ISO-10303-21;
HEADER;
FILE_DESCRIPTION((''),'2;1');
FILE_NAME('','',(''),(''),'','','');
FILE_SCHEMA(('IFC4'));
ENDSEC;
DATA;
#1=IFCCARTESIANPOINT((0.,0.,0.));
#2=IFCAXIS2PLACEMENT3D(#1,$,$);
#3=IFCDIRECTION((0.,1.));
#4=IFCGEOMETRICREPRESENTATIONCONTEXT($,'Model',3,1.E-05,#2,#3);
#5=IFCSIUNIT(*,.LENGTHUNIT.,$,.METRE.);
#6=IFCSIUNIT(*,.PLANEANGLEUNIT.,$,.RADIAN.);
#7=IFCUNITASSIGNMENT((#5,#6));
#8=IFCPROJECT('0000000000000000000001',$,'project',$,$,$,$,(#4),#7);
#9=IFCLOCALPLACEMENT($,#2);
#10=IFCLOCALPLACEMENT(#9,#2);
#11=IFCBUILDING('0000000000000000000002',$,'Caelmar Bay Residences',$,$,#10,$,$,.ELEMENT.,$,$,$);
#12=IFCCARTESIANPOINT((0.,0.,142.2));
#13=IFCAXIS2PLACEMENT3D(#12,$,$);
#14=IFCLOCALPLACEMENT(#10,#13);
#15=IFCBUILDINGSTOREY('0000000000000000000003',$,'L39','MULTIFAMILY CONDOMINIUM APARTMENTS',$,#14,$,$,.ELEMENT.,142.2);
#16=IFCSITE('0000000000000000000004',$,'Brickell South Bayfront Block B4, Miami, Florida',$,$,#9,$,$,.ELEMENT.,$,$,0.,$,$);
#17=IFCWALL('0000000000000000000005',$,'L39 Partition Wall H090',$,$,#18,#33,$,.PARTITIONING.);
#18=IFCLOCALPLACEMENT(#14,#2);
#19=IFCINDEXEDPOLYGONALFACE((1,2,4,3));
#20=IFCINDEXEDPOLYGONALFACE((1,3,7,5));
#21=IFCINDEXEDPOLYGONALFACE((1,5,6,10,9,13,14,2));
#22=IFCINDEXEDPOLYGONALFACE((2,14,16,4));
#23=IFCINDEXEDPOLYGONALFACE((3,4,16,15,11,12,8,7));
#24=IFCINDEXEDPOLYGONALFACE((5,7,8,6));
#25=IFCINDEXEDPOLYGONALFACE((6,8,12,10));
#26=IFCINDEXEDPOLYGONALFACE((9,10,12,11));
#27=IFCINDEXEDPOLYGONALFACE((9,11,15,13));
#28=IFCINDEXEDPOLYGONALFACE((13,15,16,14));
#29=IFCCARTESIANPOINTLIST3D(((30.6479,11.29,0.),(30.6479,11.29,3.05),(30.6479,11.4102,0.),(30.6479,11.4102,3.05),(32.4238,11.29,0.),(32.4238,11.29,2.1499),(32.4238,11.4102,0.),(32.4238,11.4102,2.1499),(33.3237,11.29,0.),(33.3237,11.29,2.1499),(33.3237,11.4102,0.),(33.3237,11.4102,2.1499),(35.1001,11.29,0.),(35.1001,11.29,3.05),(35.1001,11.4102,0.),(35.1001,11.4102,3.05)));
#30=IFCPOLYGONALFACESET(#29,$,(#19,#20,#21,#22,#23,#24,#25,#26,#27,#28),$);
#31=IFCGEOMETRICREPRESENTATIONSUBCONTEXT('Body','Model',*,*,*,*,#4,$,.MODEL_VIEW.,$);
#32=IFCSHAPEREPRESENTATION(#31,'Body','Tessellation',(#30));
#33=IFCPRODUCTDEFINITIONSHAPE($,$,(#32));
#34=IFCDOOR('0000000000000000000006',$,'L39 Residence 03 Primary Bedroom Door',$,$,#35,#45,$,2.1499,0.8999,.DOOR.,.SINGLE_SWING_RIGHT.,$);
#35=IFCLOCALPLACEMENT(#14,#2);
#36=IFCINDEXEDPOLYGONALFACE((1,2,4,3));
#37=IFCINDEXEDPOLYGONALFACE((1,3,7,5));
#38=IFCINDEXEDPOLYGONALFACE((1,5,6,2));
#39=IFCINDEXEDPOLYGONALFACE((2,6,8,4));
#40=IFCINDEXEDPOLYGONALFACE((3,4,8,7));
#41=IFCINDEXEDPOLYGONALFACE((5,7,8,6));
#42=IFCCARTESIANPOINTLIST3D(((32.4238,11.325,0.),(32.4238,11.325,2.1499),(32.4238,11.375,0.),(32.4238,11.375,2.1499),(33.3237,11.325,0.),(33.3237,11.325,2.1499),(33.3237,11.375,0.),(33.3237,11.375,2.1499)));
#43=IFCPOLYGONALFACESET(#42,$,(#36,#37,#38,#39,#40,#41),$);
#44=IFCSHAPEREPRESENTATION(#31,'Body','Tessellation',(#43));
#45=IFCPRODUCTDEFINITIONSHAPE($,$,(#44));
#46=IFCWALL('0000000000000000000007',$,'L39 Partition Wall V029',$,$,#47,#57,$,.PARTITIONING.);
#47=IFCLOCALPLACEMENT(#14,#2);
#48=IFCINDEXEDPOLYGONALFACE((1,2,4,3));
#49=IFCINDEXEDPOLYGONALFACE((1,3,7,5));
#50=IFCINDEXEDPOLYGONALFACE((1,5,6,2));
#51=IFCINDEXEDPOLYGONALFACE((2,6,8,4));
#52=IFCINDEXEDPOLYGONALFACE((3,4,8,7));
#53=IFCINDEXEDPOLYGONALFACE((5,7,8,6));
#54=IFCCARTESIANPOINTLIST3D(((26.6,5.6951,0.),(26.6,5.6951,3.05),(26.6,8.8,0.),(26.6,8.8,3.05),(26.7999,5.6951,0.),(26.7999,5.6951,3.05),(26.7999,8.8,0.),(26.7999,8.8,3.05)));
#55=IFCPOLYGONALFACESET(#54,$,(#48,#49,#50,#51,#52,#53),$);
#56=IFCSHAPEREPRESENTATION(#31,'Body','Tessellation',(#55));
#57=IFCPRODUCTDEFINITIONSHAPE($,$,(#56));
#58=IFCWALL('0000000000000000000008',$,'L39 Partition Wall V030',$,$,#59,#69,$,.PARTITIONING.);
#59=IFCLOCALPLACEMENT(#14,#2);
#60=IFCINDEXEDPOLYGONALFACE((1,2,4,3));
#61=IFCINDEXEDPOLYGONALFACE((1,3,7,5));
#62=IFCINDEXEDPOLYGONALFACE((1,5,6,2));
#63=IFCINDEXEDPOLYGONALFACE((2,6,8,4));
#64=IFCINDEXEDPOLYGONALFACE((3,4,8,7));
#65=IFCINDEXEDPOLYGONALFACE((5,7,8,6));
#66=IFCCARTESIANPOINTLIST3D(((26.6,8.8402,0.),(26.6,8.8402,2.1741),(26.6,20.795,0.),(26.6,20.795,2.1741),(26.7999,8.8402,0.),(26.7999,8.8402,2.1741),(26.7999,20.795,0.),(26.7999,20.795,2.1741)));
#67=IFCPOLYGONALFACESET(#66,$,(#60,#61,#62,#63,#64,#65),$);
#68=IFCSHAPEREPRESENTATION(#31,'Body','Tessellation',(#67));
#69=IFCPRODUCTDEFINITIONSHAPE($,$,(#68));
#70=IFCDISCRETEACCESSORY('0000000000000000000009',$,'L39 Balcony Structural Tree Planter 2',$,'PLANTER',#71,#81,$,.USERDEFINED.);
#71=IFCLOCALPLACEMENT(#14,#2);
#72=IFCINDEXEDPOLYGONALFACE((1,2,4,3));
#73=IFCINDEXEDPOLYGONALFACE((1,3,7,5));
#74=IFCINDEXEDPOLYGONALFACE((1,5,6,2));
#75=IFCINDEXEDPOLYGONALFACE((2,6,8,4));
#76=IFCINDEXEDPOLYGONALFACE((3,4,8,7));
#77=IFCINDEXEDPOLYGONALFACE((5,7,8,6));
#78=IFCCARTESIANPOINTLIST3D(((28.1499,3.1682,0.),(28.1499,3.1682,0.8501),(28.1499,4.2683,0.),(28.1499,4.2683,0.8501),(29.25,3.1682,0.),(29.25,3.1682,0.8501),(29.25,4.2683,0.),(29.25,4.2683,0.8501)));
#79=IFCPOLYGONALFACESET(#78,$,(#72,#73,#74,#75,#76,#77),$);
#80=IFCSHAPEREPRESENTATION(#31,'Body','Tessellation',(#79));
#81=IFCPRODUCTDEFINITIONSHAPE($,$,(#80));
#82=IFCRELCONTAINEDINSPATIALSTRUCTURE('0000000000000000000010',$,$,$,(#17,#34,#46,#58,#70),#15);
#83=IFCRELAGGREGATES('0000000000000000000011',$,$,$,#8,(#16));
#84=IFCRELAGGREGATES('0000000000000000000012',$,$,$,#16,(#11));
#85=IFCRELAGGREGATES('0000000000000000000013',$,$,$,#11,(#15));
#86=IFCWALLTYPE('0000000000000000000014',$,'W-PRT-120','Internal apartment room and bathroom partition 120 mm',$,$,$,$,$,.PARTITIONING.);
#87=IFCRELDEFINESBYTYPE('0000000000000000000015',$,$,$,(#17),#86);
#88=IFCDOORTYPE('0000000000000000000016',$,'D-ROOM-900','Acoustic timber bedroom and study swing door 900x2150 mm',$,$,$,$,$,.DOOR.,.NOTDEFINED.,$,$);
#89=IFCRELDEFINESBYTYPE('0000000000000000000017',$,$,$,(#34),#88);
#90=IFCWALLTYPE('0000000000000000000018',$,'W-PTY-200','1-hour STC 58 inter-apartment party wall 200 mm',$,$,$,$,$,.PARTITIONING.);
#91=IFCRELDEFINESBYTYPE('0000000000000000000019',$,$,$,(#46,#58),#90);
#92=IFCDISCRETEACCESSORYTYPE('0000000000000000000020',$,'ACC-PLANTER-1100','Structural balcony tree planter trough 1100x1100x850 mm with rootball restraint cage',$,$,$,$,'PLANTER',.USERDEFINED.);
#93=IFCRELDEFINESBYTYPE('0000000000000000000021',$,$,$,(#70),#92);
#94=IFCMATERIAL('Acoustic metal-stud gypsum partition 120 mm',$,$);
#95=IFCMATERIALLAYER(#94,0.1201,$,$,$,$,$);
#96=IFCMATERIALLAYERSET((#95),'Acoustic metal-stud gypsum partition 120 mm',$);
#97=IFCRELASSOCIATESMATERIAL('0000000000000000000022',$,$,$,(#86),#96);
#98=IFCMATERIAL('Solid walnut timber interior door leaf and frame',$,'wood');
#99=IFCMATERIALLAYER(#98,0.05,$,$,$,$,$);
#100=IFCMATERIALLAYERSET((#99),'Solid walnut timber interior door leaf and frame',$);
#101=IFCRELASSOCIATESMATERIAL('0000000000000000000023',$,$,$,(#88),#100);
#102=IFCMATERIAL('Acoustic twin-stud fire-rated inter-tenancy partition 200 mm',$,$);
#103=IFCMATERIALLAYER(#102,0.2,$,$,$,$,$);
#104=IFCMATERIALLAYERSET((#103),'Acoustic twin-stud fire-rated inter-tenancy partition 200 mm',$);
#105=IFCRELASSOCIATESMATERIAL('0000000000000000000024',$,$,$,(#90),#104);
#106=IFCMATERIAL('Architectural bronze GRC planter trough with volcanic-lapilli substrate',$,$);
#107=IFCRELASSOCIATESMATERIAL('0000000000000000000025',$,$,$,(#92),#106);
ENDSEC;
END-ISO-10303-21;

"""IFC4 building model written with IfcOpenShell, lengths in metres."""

from ifc_helpers import new_model, si_unit, direction, frame, frame_2d, origin, origin_2d, place, context, subcontext, project, spatial, rectangle, extrude, material, layer, layer_set, type_object, element, fill, save


model = new_model("IFC4")

# Units and contexts
model_context = context("Model", 3, precision=1e-05, world=origin(), true_north=direction((0.0, 1.0)))
body_context = subcontext(model_context, "Body", "Model", "MODEL_VIEW")
ifc_project = project(units=[si_unit("LENGTHUNIT", "METRE"), si_unit("PLANEANGLEUNIT", "RADIAN")], contexts=[model_context])

# Site, building, storey
site_placement = place(None, origin())
site = spatial("IfcSite", under=ifc_project, at=site_placement, Name="Brickell South Bayfront Block B4, Miami, Florida", CompositionType="ELEMENT", RefElevation=0.0)
building_placement = place(site_placement, origin())
building = spatial("IfcBuilding", under=site, at=building_placement, Name="Caelmar Bay Residences", CompositionType="ELEMENT")
storey_placement = place(building_placement, frame((0.0, 0.0, 142.2)))
storey = spatial("IfcBuildingStorey", under=building, at=storey_placement, Name="L39", Description="MULTIFAMILY CONDOMINIUM APARTMENTS", CompositionType="ELEMENT", Elevation=142.2)

# Shared definitions
ifc_material_1 = material(Name="Acoustic metal-stud gypsum partition 120 mm")
ifc_layer_1 = layer(ifc_material_1, 0.1201)
ifc_layer_set_1 = layer_set([ifc_layer_1], Name="Acoustic metal-stud gypsum partition 120 mm")
wall_type_1 = type_object("IfcWallType", Name="W-PRT-120", Description="Internal apartment room and bathroom partition 120 mm", PredefinedType="PARTITIONING", material=ifc_layer_set_1)

# Wall, opening, door
ifc_material_2 = material(Name="Solid walnut timber interior door leaf and frame", Category="wood")
ifc_layer_2 = layer(ifc_material_2, 0.05)
ifc_layer_set_2 = layer_set([ifc_layer_2], Name="Solid walnut timber interior door leaf and frame")
door_type = type_object("IfcDoorType", Name="D-ROOM-900", Description="Acoustic timber bedroom and study swing door 900x2150 mm", OperationType="NOTDEFINED", PredefinedType="DOOR", material=ifc_layer_set_2)
wall_1_placement = place(storey_placement, frame((30.6479, 11.3501, 0.0), z_axis=(0.0, 0.0, 1.0), x_axis=(1.0, 0.0, 0.0)))
wall_1 = element("IfcWall", 1, at=wall_1_placement, inside=storey, type_object=wall_type_1, Name="L39 Partition Wall H090", PredefinedType="PARTITIONING", context=body_context, shape_type="SweptSolid", body=[
    extrude(rectangle(XDim=4.4521, YDim=0.1201, at=frame_2d((2.2261, 0.0))), origin(), (0.0, 0.0, 1.0), 3.05),
])
opening_1_placement = place(wall_1_placement, frame((1.7759, 0.0, 0.0)))
opening_1 = element("IfcOpeningElement", 2, at=opening_1_placement, cuts=wall_1, PredefinedType="OPENING", context=body_context, shape_type="SweptSolid", body=[
    extrude(rectangle(XDim=0.8999, YDim=2.1499, at=frame_2d((0.45, 1.075))), frame((0.0, 0.0701, 0.0), z_axis=(0.0, -1.0, 0.0), x_axis=(1.0, 0.0, 0.0)), (0.0, 0.0, 1.0), 0.1401),
])
door_1_placement = place(opening_1_placement, origin())
door_1 = element("IfcDoor", 3, at=door_1_placement, inside=storey, type_object=door_type, Name="L39 Residence 03 Primary Bedroom Door", OperationType="SINGLE_SWING_RIGHT", OverallHeight=2.1499, OverallWidth=0.8999, PredefinedType="DOOR", context=body_context, shape_type="SweptSolid", body=[
    extrude(rectangle(XDim=0.8999, YDim=2.1499, at=frame_2d((0.45, 1.075))), frame((0.0, 0.0249, 0.0), z_axis=(0.0, -1.0, 0.0), x_axis=(1.0, 0.0, 0.0)), (0.0, 0.0, 1.0), 0.05),
])
fill(opening_1, door_1)

# Walls
ifc_material_3 = material(Name="Acoustic twin-stud fire-rated inter-tenancy partition 200 mm")
ifc_layer_3 = layer(ifc_material_3, 0.2)
ifc_layer_set_3 = layer_set([ifc_layer_3], Name="Acoustic twin-stud fire-rated inter-tenancy partition 200 mm")
wall_type_2 = type_object("IfcWallType", Name="W-PTY-200", Description="1-hour STC 58 inter-apartment party wall 200 mm", PredefinedType="PARTITIONING", material=ifc_layer_set_3)
wall_2_placement = place(storey_placement, frame((26.7, 5.6951, 0.0), z_axis=(0.0, 0.0, 1.0), x_axis=(0.0, 1.0, 0.0)))
element("IfcWall", 4, at=wall_2_placement, inside=storey, type_object=wall_type_2, Name="L39 Partition Wall V029", PredefinedType="PARTITIONING", context=body_context, shape_type="SweptSolid", body=[
    extrude(rectangle(XDim=3.105, YDim=0.2, at=frame_2d((1.5525, 0.0))), origin(), (0.0, 0.0, 1.0), 3.05),
])
wall_3_placement = place(storey_placement, frame((26.7, 8.8401, 0.0), z_axis=(0.0, 0.0, 1.0), x_axis=(0.0, 1.0, 0.0)))
element("IfcWall", 5, at=wall_3_placement, inside=storey, type_object=wall_type_2, Name="L39 Partition Wall V030", PredefinedType="PARTITIONING", context=body_context, shape_type="SweptSolid", body=[
    extrude(rectangle(XDim=11.9548, YDim=0.2, at=frame_2d((5.9775, 0.0))), origin(), (0.0, 0.0, 1.0), 2.1741),
])

# Discrete accessory
ifc_material_4 = material(Name="Architectural bronze GRC planter trough with volcanic-lapilli substrate")
discrete_accessory_type = type_object("IfcDiscreteAccessoryType", Name="ACC-PLANTER-1100", Description="Structural balcony tree planter trough 1100x1100x850 mm with rootball restraint cage", ElementType="PLANTER", PredefinedType="USERDEFINED", material=ifc_material_4)
discrete_accessory_placement = place(storey_placement, frame((28.7, 3.7183, 0.0), z_axis=(0.0, 0.0, 1.0), x_axis=(1.0, 0.0, 0.0)))
element("IfcDiscreteAccessory", 6, at=discrete_accessory_placement, inside=storey, type_object=discrete_accessory_type, Name="L39 Balcony Structural Tree Planter 2", ObjectType="PLANTER", PredefinedType="USERDEFINED", context=body_context, shape_type="SweptSolid", body=[
    extrude(rectangle(XDim=1.1001, YDim=1.1001, at=origin_2d()), origin(), (0.0, 0.0, 1.0), 0.8501),
])

save(model, "model.ifc")
